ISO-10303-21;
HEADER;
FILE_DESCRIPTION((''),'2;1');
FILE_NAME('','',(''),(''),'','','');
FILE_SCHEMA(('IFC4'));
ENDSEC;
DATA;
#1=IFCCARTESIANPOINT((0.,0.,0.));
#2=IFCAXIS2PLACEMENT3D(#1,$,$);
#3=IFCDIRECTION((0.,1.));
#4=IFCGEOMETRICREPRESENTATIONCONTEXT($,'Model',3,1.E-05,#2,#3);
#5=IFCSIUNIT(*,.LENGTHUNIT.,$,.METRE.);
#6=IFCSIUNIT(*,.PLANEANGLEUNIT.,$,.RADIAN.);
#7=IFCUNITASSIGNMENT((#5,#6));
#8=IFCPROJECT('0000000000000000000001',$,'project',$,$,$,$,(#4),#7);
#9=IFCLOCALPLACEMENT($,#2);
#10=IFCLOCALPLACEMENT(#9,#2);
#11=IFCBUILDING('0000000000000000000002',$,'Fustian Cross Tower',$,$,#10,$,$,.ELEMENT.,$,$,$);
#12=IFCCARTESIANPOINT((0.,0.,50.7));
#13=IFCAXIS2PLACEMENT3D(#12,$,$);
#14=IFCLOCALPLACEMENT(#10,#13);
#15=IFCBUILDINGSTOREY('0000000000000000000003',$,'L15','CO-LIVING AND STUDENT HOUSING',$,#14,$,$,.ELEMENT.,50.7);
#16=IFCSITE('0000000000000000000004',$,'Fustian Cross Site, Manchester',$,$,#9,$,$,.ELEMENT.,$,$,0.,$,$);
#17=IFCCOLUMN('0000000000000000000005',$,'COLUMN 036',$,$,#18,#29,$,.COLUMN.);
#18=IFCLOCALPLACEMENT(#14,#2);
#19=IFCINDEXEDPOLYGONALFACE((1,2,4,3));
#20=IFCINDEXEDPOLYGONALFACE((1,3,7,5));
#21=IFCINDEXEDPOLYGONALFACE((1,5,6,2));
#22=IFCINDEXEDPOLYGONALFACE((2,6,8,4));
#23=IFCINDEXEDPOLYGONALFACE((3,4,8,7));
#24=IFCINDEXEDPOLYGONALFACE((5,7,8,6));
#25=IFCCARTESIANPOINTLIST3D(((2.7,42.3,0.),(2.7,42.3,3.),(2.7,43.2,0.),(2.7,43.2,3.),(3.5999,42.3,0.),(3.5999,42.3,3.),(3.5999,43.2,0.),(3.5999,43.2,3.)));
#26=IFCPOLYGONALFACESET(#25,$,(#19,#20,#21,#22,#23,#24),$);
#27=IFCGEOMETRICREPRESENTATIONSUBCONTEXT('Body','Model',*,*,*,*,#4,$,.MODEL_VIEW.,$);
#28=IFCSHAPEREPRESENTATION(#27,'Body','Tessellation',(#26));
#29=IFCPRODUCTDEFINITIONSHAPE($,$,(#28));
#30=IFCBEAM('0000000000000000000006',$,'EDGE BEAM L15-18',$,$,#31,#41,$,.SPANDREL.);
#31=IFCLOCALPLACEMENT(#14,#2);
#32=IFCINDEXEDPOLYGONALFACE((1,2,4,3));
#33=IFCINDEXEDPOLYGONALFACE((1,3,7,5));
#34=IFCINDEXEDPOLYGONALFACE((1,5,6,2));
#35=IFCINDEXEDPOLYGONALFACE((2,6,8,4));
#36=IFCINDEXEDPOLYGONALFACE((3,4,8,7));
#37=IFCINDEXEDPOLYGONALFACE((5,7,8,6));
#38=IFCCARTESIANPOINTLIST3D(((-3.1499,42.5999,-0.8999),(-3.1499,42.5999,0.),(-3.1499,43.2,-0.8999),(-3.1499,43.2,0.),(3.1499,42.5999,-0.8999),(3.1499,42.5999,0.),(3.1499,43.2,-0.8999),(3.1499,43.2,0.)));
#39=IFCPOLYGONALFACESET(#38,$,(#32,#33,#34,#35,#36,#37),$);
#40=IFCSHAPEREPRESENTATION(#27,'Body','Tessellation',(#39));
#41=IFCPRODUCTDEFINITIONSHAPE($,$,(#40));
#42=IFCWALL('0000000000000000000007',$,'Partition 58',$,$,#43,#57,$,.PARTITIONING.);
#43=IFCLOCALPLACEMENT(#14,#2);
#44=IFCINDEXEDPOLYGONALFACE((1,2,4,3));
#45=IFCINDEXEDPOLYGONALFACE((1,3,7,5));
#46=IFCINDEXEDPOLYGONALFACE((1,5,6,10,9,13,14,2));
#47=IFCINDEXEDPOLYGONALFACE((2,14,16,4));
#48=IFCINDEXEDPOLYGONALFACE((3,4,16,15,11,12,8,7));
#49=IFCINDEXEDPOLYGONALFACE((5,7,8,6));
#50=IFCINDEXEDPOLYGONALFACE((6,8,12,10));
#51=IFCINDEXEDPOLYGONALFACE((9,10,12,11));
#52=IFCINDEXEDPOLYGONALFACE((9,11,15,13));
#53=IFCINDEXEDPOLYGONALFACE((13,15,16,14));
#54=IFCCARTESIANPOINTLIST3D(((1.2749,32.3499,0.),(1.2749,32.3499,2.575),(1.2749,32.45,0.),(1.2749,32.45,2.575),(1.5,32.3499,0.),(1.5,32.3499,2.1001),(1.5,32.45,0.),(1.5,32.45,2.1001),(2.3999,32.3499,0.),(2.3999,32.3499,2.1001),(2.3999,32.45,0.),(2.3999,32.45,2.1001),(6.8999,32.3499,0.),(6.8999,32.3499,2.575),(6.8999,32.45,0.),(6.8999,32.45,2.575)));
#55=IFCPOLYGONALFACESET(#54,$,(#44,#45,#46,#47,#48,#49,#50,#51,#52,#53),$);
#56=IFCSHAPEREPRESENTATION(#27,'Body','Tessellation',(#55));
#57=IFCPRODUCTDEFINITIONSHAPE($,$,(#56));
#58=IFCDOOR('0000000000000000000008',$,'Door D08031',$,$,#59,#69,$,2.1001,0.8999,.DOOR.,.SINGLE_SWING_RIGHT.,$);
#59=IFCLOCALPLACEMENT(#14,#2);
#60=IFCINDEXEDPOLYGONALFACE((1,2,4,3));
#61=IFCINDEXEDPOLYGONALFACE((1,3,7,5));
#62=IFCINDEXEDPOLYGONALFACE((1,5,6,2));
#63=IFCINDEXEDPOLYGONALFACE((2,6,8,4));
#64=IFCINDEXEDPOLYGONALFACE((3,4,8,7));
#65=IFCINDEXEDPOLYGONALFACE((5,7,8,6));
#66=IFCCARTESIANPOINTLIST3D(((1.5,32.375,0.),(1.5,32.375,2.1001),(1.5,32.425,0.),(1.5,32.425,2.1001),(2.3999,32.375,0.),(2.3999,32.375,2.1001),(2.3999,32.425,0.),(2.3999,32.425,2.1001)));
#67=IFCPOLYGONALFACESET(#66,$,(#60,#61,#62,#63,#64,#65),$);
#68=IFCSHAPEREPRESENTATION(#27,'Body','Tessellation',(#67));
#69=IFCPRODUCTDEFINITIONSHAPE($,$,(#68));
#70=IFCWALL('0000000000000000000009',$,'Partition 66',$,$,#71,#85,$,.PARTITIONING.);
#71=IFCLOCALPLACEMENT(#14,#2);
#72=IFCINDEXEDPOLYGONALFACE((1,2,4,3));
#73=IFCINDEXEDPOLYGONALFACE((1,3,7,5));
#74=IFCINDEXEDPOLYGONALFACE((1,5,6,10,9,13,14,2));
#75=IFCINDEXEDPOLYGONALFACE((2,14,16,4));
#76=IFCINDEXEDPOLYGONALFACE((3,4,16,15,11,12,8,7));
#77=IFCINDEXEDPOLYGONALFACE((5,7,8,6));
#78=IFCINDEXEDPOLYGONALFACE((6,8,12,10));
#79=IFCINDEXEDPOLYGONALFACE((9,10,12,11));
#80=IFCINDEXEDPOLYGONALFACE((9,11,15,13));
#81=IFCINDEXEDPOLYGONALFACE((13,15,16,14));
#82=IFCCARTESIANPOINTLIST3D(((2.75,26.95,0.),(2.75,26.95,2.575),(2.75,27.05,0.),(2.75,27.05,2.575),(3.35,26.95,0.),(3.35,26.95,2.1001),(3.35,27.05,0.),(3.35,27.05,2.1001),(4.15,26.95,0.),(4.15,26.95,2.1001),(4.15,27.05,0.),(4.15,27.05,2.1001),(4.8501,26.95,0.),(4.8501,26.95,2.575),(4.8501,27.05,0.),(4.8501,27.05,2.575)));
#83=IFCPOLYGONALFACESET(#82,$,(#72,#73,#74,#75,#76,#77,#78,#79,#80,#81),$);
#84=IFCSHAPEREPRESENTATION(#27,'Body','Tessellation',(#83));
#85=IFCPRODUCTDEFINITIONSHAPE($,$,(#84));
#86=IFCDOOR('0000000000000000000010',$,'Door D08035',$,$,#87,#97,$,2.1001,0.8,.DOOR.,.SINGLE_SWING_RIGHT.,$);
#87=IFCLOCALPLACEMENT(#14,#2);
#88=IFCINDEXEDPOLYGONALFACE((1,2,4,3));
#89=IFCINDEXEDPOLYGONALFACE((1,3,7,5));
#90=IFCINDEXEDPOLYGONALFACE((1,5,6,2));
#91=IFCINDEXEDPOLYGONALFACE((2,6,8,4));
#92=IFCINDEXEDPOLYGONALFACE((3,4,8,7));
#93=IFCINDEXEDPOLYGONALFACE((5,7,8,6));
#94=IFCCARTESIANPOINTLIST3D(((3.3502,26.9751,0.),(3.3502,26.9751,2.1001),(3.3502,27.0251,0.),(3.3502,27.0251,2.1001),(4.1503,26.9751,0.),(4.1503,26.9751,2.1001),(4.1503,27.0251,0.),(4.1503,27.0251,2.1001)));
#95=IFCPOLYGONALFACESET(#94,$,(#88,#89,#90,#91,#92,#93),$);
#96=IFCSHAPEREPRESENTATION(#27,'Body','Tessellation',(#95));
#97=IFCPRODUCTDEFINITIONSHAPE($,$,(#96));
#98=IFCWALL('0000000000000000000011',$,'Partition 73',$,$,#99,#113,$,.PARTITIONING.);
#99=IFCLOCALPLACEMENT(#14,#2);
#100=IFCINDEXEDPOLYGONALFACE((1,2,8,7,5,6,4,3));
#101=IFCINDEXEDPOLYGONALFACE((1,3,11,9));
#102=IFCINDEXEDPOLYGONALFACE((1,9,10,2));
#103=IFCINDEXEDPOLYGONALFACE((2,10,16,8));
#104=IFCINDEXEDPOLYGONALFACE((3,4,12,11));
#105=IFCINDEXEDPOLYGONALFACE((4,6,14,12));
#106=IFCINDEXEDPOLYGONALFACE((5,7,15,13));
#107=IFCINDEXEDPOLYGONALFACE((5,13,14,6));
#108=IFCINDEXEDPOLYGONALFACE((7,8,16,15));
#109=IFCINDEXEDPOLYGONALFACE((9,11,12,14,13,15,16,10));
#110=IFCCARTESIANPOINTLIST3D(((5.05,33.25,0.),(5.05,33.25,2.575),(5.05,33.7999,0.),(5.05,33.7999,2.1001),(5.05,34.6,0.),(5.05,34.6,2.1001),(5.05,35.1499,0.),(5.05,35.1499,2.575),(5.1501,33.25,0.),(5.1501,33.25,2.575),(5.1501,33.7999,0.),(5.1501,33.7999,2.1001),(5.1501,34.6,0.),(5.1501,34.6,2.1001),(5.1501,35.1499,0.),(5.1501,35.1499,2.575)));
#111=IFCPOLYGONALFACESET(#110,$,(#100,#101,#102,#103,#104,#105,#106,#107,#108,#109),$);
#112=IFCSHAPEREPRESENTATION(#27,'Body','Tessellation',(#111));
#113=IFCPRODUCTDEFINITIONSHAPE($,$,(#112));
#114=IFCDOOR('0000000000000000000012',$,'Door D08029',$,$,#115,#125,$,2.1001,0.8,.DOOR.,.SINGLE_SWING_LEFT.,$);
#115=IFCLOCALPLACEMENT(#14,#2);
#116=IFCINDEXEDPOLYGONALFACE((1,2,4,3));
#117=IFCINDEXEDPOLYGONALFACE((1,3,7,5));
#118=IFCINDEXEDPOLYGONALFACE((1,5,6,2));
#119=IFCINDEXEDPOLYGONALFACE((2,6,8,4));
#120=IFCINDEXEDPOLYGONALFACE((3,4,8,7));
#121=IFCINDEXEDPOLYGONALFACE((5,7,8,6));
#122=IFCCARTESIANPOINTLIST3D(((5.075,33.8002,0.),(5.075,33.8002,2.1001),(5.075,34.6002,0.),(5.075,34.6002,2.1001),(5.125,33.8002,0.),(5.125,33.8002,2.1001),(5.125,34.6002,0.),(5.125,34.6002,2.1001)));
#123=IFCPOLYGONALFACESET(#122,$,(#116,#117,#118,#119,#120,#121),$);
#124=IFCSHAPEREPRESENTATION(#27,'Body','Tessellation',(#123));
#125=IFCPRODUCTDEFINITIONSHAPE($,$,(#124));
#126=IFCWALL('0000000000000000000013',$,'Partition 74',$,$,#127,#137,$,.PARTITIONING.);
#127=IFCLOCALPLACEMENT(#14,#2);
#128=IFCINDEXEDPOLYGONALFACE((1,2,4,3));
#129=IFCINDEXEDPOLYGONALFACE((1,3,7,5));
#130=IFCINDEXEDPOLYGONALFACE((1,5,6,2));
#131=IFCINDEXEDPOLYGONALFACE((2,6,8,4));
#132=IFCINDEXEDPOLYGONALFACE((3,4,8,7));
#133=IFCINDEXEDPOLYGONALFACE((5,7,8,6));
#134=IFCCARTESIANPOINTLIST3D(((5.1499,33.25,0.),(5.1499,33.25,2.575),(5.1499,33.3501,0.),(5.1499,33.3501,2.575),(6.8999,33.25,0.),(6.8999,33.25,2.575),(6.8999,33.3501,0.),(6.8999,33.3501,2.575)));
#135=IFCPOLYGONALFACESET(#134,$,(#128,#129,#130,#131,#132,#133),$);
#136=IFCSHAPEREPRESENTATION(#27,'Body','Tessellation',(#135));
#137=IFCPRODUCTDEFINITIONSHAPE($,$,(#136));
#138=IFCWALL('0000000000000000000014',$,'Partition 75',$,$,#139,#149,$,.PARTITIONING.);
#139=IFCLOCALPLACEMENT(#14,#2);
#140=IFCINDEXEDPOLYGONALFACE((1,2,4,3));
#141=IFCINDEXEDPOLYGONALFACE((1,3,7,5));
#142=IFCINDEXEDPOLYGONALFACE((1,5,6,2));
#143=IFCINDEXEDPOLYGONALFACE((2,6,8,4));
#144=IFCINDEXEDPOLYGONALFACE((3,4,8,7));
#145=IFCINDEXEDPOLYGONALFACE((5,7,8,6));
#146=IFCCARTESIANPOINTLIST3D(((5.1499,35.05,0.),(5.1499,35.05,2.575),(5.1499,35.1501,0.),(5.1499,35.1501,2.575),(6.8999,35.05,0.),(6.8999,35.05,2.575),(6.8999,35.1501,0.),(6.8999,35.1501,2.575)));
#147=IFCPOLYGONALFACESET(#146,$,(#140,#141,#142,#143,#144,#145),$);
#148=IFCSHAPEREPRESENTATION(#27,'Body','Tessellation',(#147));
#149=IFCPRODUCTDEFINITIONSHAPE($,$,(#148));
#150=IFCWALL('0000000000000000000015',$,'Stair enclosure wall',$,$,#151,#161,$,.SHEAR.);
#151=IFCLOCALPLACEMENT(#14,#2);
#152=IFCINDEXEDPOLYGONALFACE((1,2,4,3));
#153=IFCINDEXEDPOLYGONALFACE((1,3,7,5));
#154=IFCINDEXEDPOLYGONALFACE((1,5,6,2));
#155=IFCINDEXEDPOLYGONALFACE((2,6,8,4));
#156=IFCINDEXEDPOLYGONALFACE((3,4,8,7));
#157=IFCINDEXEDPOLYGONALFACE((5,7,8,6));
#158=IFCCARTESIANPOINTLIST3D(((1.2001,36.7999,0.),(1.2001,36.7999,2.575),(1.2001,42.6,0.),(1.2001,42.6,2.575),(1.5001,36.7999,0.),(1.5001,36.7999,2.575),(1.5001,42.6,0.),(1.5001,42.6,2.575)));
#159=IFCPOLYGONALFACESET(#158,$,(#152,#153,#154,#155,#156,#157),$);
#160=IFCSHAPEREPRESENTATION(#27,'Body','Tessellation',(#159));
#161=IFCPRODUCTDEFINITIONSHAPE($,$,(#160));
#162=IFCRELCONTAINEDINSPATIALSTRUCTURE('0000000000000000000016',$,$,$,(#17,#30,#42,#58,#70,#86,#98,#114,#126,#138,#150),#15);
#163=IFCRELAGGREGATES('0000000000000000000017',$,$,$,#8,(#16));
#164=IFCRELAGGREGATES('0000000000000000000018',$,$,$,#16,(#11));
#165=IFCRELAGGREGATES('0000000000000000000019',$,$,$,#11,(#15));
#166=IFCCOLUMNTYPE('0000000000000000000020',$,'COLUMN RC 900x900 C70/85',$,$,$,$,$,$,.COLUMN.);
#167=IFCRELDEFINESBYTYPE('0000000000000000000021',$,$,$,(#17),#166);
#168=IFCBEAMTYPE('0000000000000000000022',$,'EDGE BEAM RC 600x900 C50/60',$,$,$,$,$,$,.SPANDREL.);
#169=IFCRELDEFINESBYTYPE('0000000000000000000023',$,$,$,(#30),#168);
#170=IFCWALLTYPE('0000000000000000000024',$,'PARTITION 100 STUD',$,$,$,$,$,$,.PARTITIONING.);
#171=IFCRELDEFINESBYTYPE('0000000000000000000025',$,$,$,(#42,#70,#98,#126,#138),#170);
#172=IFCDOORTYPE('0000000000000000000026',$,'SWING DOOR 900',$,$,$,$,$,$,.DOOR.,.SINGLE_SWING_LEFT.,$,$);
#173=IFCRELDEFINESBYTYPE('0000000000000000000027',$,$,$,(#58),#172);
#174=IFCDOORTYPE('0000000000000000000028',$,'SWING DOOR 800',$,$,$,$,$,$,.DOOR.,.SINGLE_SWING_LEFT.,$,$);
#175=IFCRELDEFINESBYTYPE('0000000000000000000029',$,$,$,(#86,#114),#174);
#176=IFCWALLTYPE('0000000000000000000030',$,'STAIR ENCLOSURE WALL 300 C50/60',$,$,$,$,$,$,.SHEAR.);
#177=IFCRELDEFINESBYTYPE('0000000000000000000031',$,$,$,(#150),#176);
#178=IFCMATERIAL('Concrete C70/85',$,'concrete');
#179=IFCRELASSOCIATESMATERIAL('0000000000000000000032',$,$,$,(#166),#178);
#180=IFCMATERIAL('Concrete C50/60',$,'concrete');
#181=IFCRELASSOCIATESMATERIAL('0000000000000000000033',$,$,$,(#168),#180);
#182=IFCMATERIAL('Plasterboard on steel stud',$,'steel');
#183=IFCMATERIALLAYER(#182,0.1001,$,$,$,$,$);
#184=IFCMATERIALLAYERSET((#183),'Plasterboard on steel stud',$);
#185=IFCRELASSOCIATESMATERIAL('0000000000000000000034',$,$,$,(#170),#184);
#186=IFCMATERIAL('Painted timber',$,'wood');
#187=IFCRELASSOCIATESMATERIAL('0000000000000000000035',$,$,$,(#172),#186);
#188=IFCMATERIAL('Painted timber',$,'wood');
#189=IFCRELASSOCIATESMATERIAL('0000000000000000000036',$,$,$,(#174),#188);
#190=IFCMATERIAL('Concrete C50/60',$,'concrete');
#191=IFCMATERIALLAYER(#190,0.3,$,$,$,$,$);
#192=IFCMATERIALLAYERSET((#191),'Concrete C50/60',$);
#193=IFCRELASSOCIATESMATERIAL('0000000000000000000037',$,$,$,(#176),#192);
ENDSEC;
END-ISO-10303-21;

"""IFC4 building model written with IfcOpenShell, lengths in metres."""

from ifc_helpers import new_model, si_unit, direction, frame, frame_2d, origin, origin_2d, place, context, subcontext, project, spatial, rectangle, extrude, material, layer, layer_set, material_profile, profile_set, type_object, element, fill, save


model = new_model("IFC4")

# Units and contexts
model_context = context("Model", 3, precision=1e-05, world=origin(), true_north=direction((0.0, 1.0)))
body_context = subcontext(model_context, "Body", "Model", "MODEL_VIEW")
ifc_project = project(units=[si_unit("LENGTHUNIT", "METRE"), si_unit("PLANEANGLEUNIT", "RADIAN")], contexts=[model_context])

# Site, building, storey
site_placement = place(None, origin())
site = spatial("IfcSite", under=ifc_project, at=site_placement, Name="Fustian Cross Site, Manchester", CompositionType="ELEMENT", RefElevation=0.0)
building_placement = place(site_placement, origin())
building = spatial("IfcBuilding", under=site, at=building_placement, Name="Fustian Cross Tower", CompositionType="ELEMENT")
storey_placement = place(building_placement, frame((0.0, 0.0, 50.7)))
storey = spatial("IfcBuildingStorey", under=building, at=storey_placement, Name="L15", Description="CO-LIVING AND STUDENT HOUSING", CompositionType="ELEMENT", Elevation=50.7)

# Column
ifc_material_1 = material(Name="Concrete C70/85", Category="concrete")
ifc_material_profile_1 = material_profile(ifc_material_1, rectangle(XDim=0.8999, YDim=0.8999, at=origin_2d()), Name="RC 900x900")
ifc_profile_set_1 = profile_set([ifc_material_profile_1], Name="Concrete C70/85")
column_type = type_object("IfcColumnType", Name="COLUMN RC 900x900 C70/85", PredefinedType="COLUMN", material=ifc_profile_set_1)
column_placement = place(storey_placement, frame((3.1499, 42.75, 0.0), z_axis=(0.0, 0.0, 1.0), x_axis=(1.0, 0.0, 0.0)))
element("IfcColumn", 1, at=column_placement, inside=storey, type_object=column_type, Name="COLUMN 036", PredefinedType="COLUMN", context=body_context, shape_type="SweptSolid", body=[
    extrude(rectangle(XDim=0.8999, YDim=0.8999, at=origin_2d()), origin(), (0.0, 0.0, 1.0), 3.0),
])

# Beam
ifc_material_2 = material(Name="Concrete C50/60", Category="concrete")
ifc_material_profile_2 = material_profile(ifc_material_2, rectangle(XDim=0.6001, YDim=0.8999, at=origin_2d()), Name="RC 600x900")
ifc_profile_set_2 = profile_set([ifc_material_profile_2], Name="Concrete C50/60")
beam_type = type_object("IfcBeamType", Name="EDGE BEAM RC 600x900 C50/60", PredefinedType="SPANDREL", material=ifc_profile_set_2)
beam_placement = place(storey_placement, frame((3.1499, 42.8999, -0.45), z_axis=(-1.0, 0.0, 0.0), x_axis=(0.0, -1.0, 0.0)))
element("IfcBeam", 2, at=beam_placement, inside=storey, type_object=beam_type, Name="EDGE BEAM L15-18", PredefinedType="SPANDREL", context=body_context, shape_type="SweptSolid", body=[
    extrude(rectangle(XDim=0.6001, YDim=0.8999, at=origin_2d()), origin(), (0.0, 0.0, 1.0), 6.2998),
])

# Walls, openings, doors
ifc_material_3 = material(Name="Plasterboard on steel stud", Category="steel")
ifc_layer_1 = layer(ifc_material_3, 0.1001)
ifc_layer_set_1 = layer_set([ifc_layer_1], Name="Plasterboard on steel stud")
wall_type_1 = type_object("IfcWallType", Name="PARTITION 100 STUD", PredefinedType="PARTITIONING", material=ifc_layer_set_1)
wall_1_placement = place(storey_placement, frame((1.2749, 32.3999, 0.0), z_axis=(0.0, 0.0, 1.0), x_axis=(1.0, 0.0, 0.0)))
wall_1 = element("IfcWall", 3, at=wall_1_placement, inside=storey, type_object=wall_type_1, Name="Partition 58", PredefinedType="PARTITIONING", context=body_context, shape_type="SweptSolid", body=[
    extrude(rectangle(XDim=5.625, YDim=0.1001, at=frame_2d((2.8125, 0.0))), origin(), (0.0, 0.0, 1.0), 2.575),
])
opening_1_placement = place(wall_1_placement, frame((0.2251, 0.0, 0.0)))
opening_1 = element("IfcOpeningElement", 4, at=opening_1_placement, cuts=wall_1, PredefinedType="OPENING", context=body_context, shape_type="SweptSolid", body=[
    extrude(rectangle(XDim=0.8999, YDim=2.1001, at=frame_2d((0.45, 1.05))), frame((0.0, 0.0601, 0.0), z_axis=(0.0, -1.0, 0.0), x_axis=(1.0, 0.0, 0.0)), (0.0, 0.0, 1.0), 0.1201),
])
ifc_material_4 = material(Name="Painted timber", Category="wood")
door_type_1 = type_object("IfcDoorType", Name="SWING DOOR 900", OperationType="SINGLE_SWING_LEFT", PredefinedType="DOOR", material=ifc_material_4)
door_1_placement = place(opening_1_placement, frame((0.8999, 0.0, 0.0), z_axis=(0.0, 0.0, 1.0), x_axis=(-1.0, 0.0, 0.0)))
door_1 = element("IfcDoor", 5, at=door_1_placement, inside=storey, type_object=door_type_1, Name="Door D08031", OperationType="SINGLE_SWING_RIGHT", OverallHeight=2.1001, OverallWidth=0.8999, PredefinedType="DOOR", context=body_context, shape_type="SweptSolid", body=[
    extrude(rectangle(XDim=0.8999, YDim=2.1001, at=frame_2d((0.45, 1.05))), frame((0.0, 0.0249, 0.0), z_axis=(0.0, -1.0, 0.0), x_axis=(1.0, 0.0, 0.0)), (0.0, 0.0, 1.0), 0.05),
])
fill(opening_1, door_1)
wall_2_placement = place(storey_placement, frame((2.75, 27.0, 0.0), z_axis=(0.0, 0.0, 1.0), x_axis=(1.0, 0.0, 0.0)))
wall_2 = element("IfcWall", 6, at=wall_2_placement, inside=storey, type_object=wall_type_1, Name="Partition 66", PredefinedType="PARTITIONING", context=body_context, shape_type="SweptSolid", body=[
    extrude(rectangle(XDim=2.1001, YDim=0.1001, at=frame_2d((1.05, 0.0))), origin(), (0.0, 0.0, 1.0), 2.575),
])
opening_2_placement = place(wall_2_placement, frame((0.6001, 0.0, 0.0)))
opening_2 = element("IfcOpeningElement", 7, at=opening_2_placement, cuts=wall_2, PredefinedType="OPENING", context=body_context, shape_type="SweptSolid", body=[
    extrude(rectangle(XDim=0.8, YDim=2.1001, at=frame_2d((0.3999, 1.05))), frame((0.0, 0.0601, 0.0), z_axis=(0.0, -1.0, 0.0), x_axis=(1.0, 0.0, 0.0)), (0.0, 0.0, 1.0), 0.1201),
])
ifc_material_5 = material(Name="Painted timber", Category="wood")
door_type_2 = type_object("IfcDoorType", Name="SWING DOOR 800", OperationType="SINGLE_SWING_LEFT", PredefinedType="DOOR", material=ifc_material_5)
door_2_placement = place(opening_2_placement, frame((0.8, 0.0, 0.0), z_axis=(0.0, 0.0, 1.0), x_axis=(-1.0, 0.0, 0.0)))
door_2 = element("IfcDoor", 8, at=door_2_placement, inside=storey, type_object=door_type_2, Name="Door D08035", OperationType="SINGLE_SWING_RIGHT", OverallHeight=2.1001, OverallWidth=0.8, PredefinedType="DOOR", context=body_context, shape_type="SweptSolid", body=[
    extrude(rectangle(XDim=0.8, YDim=2.1001, at=frame_2d((0.3999, 1.05))), frame((0.0, 0.0249, 0.0), z_axis=(0.0, -1.0, 0.0), x_axis=(1.0, 0.0, 0.0)), (0.0, 0.0, 1.0), 0.05),
])
fill(opening_2, door_2)
wall_3_placement = place(storey_placement, frame((5.1001, 33.25, 0.0), z_axis=(0.0, 0.0, 1.0), x_axis=(0.0, 1.0, 0.0)))
wall_3 = element("IfcWall", 9, at=wall_3_placement, inside=storey, type_object=wall_type_1, Name="Partition 73", PredefinedType="PARTITIONING", context=body_context, shape_type="SweptSolid", body=[
    extrude(rectangle(XDim=1.8999, YDim=0.1001, at=frame_2d((0.95, 0.0))), origin(), (0.0, 0.0, 1.0), 2.575),
])
opening_3_placement = place(wall_3_placement, frame((0.55, 0.0, 0.0)))
opening_3 = element("IfcOpeningElement", 10, at=opening_3_placement, cuts=wall_3, PredefinedType="OPENING", context=body_context, shape_type="SweptSolid", body=[
    extrude(rectangle(XDim=0.8, YDim=2.1001, at=frame_2d((0.3999, 1.05))), frame((0.0, 0.0601, 0.0), z_axis=(0.0, -1.0, 0.0), x_axis=(1.0, 0.0, 0.0)), (0.0, 0.0, 1.0), 0.1201),
])
door_3_placement = place(opening_3_placement, frame((0.8, 0.0, 0.0), z_axis=(0.0, 0.0, 1.0), x_axis=(-1.0, 0.0, 0.0)))
door_3 = element("IfcDoor", 11, at=door_3_placement, inside=storey, type_object=door_type_2, Name="Door D08029", OperationType="SINGLE_SWING_LEFT", OverallHeight=2.1001, OverallWidth=0.8, PredefinedType="DOOR", context=body_context, shape_type="SweptSolid", body=[
    extrude(rectangle(XDim=0.8, YDim=2.1001, at=frame_2d((0.3999, 1.05))), frame((0.0, 0.0249, 0.0), z_axis=(0.0, -1.0, 0.0), x_axis=(1.0, 0.0, 0.0)), (0.0, 0.0, 1.0), 0.05),
])
fill(opening_3, door_3)

# Walls
for number, where, z_axis, x_axis, name in (
    (12, (5.1499, 33.3, 0.0), (0.0, 0.0, 1.0), (1.0, 0.0, 0.0), "Partition 74"),
    (13, (5.1499, 35.1001, 0.0), (0.0, 0.0, 1.0), (1.0, 0.0, 0.0), "Partition 75"),
):
    element("IfcWall", number, at=place(storey_placement, frame(where, z_axis=z_axis, x_axis=x_axis)), inside=storey, type_object=wall_type_1, Name=name, PredefinedType="PARTITIONING", context=body_context, shape_type="SweptSolid", body=[
        extrude(rectangle(XDim=1.75, YDim=0.1001, at=frame_2d((0.875, 0.0))), origin(), (0.0, 0.0, 1.0), 2.575),
    ])
ifc_material_6 = material(Name="Concrete C50/60", Category="concrete")
ifc_layer_2 = layer(ifc_material_6, 0.3)
ifc_layer_set_2 = layer_set([ifc_layer_2], Name="Concrete C50/60")
wall_type_2 = type_object("IfcWallType", Name="STAIR ENCLOSURE WALL 300 C50/60", PredefinedType="SHEAR", material=ifc_layer_set_2)
wall_4_placement = place(storey_placement, frame((1.3501, 36.8, 0.0), z_axis=(0.0, 0.0, 1.0), x_axis=(0.0, 1.0, 0.0)))
element("IfcWall", 14, at=wall_4_placement, inside=storey, type_object=wall_type_2, Name="Stair enclosure wall", PredefinedType="SHEAR", context=body_context, shape_type="SweptSolid", body=[
    extrude(rectangle(XDim=5.8, YDim=0.3, at=frame_2d((2.8999, 0.0))), origin(), (0.0, 0.0, 1.0), 2.575),
])

save(model, "model.ifc")
